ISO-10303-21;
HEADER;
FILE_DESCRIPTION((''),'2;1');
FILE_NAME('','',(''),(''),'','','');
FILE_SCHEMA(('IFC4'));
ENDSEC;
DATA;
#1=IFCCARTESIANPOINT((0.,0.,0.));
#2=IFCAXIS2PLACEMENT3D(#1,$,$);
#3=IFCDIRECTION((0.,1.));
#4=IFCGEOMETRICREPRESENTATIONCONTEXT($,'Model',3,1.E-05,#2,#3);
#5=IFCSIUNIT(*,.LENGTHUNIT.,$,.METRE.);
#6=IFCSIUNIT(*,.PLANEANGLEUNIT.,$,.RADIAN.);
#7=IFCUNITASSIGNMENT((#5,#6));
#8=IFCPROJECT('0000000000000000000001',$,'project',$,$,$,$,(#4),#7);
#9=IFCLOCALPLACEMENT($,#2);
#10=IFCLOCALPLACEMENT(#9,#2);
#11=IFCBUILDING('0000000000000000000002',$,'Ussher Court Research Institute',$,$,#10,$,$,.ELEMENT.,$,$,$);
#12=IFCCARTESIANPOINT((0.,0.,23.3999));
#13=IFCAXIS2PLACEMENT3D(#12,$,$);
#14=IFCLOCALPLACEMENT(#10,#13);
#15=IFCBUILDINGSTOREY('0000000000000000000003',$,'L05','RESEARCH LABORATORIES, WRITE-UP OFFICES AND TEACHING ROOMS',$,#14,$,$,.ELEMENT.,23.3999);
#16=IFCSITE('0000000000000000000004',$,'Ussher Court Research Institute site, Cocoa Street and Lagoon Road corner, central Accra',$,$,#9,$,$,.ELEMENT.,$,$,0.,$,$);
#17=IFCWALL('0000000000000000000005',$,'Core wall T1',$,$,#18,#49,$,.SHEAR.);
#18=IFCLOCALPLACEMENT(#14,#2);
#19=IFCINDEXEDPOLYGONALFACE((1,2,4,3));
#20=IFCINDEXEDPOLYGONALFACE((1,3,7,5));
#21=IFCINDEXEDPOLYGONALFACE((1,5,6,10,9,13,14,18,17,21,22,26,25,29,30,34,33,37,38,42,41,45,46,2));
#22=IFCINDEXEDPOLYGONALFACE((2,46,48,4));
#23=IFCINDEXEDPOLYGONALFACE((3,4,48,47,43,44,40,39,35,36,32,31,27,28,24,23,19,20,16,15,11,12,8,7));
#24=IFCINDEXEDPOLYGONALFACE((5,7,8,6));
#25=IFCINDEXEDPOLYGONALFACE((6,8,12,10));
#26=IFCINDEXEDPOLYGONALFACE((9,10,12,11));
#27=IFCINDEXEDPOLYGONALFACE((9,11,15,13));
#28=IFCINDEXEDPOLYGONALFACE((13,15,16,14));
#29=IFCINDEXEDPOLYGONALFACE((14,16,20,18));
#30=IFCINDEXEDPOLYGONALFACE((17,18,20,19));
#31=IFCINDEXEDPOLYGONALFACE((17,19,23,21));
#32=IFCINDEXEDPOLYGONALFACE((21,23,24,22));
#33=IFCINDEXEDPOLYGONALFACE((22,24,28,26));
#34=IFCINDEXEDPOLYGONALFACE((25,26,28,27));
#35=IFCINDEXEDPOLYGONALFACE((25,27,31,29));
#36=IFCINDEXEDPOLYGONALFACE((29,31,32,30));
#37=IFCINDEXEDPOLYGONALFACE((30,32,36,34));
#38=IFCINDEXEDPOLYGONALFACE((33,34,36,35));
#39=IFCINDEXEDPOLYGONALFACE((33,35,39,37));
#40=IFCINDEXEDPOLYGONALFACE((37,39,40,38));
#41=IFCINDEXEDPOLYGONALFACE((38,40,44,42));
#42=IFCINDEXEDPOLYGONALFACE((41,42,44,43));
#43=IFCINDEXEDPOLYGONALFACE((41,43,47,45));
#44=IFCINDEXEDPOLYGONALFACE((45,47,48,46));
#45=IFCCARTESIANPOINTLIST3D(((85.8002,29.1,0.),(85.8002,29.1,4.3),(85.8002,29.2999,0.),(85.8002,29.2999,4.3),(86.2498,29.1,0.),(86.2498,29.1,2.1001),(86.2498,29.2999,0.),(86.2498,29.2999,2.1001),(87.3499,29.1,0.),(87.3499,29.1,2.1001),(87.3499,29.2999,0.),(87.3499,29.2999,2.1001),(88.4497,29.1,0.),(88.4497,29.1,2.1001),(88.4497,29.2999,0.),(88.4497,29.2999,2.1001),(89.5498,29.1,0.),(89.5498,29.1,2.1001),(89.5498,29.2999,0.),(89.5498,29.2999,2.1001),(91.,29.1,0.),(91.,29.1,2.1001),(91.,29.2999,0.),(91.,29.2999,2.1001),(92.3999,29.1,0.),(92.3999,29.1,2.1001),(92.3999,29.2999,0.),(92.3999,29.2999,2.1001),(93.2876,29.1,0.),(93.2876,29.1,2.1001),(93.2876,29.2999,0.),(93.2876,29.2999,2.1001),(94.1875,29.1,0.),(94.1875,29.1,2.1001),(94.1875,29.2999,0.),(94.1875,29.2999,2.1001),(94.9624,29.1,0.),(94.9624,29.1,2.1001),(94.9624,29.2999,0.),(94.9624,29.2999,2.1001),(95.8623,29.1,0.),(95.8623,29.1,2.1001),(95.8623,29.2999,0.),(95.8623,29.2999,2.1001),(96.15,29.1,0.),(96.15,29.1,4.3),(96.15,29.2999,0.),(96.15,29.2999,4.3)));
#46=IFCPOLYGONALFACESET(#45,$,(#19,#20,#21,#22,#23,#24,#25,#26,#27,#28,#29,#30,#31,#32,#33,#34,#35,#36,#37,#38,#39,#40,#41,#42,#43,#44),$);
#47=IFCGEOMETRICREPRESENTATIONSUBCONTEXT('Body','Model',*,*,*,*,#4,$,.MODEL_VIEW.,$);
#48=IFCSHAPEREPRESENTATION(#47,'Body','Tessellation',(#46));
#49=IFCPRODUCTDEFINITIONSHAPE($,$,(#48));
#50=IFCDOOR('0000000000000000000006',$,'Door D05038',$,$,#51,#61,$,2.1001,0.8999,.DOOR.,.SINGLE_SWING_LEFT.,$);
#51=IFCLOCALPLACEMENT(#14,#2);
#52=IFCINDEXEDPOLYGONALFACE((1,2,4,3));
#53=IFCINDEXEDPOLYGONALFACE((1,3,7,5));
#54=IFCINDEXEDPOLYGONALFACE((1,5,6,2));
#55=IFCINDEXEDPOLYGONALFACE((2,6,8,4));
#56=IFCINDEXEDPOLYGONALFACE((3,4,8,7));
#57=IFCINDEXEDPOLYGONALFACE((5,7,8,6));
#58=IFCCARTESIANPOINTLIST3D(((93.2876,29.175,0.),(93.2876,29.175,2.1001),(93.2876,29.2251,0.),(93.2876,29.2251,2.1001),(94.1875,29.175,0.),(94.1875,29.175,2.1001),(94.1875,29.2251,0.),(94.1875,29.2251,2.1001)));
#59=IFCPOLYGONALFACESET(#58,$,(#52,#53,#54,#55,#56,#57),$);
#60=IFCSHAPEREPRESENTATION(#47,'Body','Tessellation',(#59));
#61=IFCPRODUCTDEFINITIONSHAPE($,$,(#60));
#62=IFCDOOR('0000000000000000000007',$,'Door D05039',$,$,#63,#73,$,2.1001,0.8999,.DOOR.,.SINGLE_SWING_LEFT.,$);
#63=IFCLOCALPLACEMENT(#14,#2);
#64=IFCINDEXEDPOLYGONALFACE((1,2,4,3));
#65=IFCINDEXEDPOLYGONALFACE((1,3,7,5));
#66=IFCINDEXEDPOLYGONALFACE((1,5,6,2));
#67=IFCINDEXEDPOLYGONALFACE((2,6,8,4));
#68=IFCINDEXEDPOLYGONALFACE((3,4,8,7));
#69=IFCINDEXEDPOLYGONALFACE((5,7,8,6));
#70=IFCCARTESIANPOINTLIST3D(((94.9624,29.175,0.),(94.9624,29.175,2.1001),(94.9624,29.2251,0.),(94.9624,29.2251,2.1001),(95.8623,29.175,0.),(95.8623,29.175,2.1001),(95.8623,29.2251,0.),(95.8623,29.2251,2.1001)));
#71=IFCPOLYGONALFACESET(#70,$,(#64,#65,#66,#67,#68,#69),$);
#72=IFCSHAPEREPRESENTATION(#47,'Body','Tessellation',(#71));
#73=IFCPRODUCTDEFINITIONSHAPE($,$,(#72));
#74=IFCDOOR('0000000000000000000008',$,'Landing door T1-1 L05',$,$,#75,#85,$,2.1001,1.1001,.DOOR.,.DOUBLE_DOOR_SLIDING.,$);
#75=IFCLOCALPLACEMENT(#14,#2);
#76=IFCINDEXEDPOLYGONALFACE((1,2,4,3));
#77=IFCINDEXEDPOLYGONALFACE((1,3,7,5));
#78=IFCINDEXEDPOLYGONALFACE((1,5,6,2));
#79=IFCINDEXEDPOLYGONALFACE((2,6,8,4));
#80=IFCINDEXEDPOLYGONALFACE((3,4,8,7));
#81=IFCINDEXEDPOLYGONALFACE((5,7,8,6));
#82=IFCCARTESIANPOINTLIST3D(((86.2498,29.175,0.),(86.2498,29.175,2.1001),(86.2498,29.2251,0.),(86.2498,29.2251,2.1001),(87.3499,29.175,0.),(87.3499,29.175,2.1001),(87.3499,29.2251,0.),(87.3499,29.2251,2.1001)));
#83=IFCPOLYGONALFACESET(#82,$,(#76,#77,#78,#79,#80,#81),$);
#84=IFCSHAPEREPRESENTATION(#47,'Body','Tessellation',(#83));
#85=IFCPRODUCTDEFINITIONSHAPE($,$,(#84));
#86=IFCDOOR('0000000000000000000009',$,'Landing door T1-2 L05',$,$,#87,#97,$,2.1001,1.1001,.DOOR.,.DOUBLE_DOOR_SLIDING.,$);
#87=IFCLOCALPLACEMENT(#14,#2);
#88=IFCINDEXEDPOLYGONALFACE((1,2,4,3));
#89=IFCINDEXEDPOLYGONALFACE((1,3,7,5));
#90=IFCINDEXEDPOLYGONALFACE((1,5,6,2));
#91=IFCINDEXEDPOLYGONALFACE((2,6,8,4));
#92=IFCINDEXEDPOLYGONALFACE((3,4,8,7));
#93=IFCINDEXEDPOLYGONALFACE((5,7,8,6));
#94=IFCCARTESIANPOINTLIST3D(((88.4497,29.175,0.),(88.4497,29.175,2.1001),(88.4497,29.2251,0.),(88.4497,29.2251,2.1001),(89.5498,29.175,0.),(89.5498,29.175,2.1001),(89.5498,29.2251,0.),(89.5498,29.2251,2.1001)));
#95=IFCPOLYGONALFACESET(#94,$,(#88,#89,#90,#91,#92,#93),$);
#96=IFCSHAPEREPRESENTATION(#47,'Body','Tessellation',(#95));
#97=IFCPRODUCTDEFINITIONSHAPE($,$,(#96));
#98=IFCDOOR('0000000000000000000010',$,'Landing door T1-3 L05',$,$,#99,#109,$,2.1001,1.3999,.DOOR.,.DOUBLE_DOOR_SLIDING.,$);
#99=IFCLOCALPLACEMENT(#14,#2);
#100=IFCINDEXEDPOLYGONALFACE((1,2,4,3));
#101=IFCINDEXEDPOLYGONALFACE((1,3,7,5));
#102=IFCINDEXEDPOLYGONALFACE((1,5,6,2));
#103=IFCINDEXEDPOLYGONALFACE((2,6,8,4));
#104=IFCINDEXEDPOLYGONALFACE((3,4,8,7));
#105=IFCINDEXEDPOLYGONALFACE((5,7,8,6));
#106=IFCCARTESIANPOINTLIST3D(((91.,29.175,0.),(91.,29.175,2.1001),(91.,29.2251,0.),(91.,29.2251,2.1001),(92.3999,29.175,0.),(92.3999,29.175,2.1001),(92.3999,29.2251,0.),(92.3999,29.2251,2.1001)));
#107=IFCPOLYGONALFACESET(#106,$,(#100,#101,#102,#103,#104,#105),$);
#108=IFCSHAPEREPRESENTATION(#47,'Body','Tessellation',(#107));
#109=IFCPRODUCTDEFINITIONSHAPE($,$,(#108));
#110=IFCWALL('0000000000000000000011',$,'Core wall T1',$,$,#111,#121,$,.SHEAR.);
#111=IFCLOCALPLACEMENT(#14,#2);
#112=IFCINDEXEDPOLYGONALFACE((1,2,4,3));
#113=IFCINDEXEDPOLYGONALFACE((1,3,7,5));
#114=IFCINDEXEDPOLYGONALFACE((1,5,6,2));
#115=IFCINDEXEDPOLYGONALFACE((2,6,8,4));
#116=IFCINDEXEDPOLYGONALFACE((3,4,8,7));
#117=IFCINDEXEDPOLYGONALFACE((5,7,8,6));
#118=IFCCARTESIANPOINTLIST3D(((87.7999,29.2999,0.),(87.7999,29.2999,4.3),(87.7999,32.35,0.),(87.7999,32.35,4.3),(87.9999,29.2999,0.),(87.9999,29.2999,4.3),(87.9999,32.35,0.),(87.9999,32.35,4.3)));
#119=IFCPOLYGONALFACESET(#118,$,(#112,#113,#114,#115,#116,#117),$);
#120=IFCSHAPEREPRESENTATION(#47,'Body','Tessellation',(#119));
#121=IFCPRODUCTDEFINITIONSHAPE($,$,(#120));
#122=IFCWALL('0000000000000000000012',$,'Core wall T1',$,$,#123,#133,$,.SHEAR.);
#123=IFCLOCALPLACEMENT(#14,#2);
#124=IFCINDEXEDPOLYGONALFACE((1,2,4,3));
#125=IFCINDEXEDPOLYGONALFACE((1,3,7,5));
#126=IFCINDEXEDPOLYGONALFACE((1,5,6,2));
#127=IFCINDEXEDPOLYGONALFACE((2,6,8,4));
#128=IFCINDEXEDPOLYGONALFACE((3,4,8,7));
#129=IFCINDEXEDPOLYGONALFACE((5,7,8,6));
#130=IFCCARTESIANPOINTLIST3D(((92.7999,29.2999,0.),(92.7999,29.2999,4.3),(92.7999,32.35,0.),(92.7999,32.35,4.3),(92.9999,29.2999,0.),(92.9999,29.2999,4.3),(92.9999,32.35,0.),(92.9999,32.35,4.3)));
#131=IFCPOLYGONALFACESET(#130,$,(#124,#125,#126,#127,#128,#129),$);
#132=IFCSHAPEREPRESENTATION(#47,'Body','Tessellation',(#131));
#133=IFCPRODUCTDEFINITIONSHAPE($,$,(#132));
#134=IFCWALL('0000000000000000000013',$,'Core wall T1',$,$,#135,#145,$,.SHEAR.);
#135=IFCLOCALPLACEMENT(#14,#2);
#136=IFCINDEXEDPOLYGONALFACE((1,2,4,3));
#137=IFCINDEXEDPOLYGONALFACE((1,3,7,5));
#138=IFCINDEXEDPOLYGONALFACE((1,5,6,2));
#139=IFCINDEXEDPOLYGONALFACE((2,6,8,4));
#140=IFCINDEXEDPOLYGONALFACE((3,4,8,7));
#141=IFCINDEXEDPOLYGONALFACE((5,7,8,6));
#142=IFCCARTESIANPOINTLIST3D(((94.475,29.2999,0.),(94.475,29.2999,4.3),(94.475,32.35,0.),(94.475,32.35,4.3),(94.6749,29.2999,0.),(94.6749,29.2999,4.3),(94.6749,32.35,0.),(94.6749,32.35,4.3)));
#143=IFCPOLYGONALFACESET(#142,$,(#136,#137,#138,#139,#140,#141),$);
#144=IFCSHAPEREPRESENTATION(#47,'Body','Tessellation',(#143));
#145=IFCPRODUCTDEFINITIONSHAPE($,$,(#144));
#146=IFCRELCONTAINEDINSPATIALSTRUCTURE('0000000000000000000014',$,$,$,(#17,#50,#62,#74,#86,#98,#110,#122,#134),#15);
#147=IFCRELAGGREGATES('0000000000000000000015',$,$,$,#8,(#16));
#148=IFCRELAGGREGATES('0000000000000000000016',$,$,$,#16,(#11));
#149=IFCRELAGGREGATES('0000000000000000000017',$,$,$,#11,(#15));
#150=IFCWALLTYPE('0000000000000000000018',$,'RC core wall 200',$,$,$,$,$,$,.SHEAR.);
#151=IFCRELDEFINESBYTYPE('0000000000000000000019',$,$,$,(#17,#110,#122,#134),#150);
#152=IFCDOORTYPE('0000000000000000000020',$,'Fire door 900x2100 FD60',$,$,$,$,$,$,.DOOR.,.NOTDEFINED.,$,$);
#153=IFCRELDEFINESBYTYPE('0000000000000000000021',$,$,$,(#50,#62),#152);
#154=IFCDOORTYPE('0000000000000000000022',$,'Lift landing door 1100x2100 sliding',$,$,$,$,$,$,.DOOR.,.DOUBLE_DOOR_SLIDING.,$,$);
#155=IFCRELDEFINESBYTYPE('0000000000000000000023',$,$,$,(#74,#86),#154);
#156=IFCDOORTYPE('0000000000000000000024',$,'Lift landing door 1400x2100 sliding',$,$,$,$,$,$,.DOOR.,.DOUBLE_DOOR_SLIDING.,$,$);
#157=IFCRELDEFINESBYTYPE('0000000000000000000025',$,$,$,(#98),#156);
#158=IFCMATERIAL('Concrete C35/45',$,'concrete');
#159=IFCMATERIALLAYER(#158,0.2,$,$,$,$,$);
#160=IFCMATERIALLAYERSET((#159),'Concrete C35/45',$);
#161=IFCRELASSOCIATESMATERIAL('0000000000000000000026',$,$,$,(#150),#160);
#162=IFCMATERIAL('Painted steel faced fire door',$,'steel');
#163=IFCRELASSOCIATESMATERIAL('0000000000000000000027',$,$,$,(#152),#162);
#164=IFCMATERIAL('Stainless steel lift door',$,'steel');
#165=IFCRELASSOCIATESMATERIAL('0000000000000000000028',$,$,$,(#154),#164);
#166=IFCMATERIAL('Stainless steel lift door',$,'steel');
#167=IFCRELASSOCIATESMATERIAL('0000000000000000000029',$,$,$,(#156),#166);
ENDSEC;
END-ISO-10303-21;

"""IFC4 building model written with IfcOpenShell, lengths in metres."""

from ifc_helpers import new_model, si_unit, direction, frame, frame_2d, origin, place, context, subcontext, project, spatial, rectangle, extrude, material, layer, layer_set, type_object, element, fill, save


model = new_model("IFC4")

# Units and contexts
model_context = context("Model", 3, precision=1e-05, world=origin(), true_north=direction((0.0, 1.0)))
body_context = subcontext(model_context, "Body", "Model", "MODEL_VIEW")
ifc_project = project(units=[si_unit("LENGTHUNIT", "METRE"), si_unit("PLANEANGLEUNIT", "RADIAN")], contexts=[model_context])

# Site, building, storey
site_placement = place(None, origin())
site = spatial("IfcSite", under=ifc_project, at=site_placement, Name="Ussher Court Research Institute site, Cocoa Street and Lagoon Road corner, central Accra", CompositionType="ELEMENT", RefElevation=0.0)
building_placement = place(site_placement, origin())
building = spatial("IfcBuilding", under=site, at=building_placement, Name="Ussher Court Research Institute", CompositionType="ELEMENT")
storey_placement = place(building_placement, frame((0.0, 0.0, 23.3999)))
storey = spatial("IfcBuildingStorey", under=building, at=storey_placement, Name="L05", Description="RESEARCH LABORATORIES, WRITE-UP OFFICES AND TEACHING ROOMS", CompositionType="ELEMENT", Elevation=23.3999)

# Shared definitions
ifc_material_1 = material(Name="Concrete C35/45", Category="concrete")
ifc_layer_1 = layer(ifc_material_1, 0.2)
ifc_layer_set_1 = layer_set([ifc_layer_1], Name="Concrete C35/45")
wall_type_1 = type_object("IfcWallType", Name="RC core wall 200", PredefinedType="SHEAR", material=ifc_layer_set_1)

# Wall, openings, doors
wall_1_placement = place(storey_placement, frame((96.1499, 29.2, 0.0), z_axis=(0.0, 0.0, 1.0), x_axis=(-1.0, 0.0, 0.0)))
wall_1 = element("IfcWall", 1, at=wall_1_placement, inside=storey, type_object=wall_type_1, Name="Core wall T1", PredefinedType="SHEAR", context=body_context, shape_type="SweptSolid", body=[
    extrude(rectangle(XDim=10.3499, YDim=0.2, at=frame_2d((5.1748, 0.0))), origin(), (0.0, 0.0, 1.0), 4.3),
])
opening_1_placement = place(wall_1_placement, frame((8.8, 0.0, 0.0)))
opening_1 = element("IfcOpeningElement", 2, at=opening_1_placement, cuts=wall_1, PredefinedType="OPENING", context=body_context, shape_type="SweptSolid", body=[
    extrude(rectangle(XDim=1.1001, YDim=2.1001, at=frame_2d((0.55, 1.05))), frame((0.0, 0.1099, 0.0), z_axis=(0.0, -1.0, 0.0), x_axis=(1.0, 0.0, 0.0)), (0.0, 0.0, 1.0), 0.22),
])
opening_2_placement = place(wall_1_placement, frame((6.6001, 0.0, 0.0)))
opening_2 = element("IfcOpeningElement", 3, at=opening_2_placement, cuts=wall_1, PredefinedType="OPENING", context=body_context, shape_type="SweptSolid", body=[
    extrude(rectangle(XDim=1.1001, YDim=2.1001, at=frame_2d((0.55, 1.05))), frame((0.0, 0.1099, 0.0), z_axis=(0.0, -1.0, 0.0), x_axis=(1.0, 0.0, 0.0)), (0.0, 0.0, 1.0), 0.22),
])
opening_3_placement = place(wall_1_placement, frame((3.75, 0.0, 0.0)))
opening_3 = element("IfcOpeningElement", 4, at=opening_3_placement, cuts=wall_1, PredefinedType="OPENING", context=body_context, shape_type="SweptSolid", body=[
    extrude(rectangle(XDim=1.3999, YDim=2.1001, at=frame_2d((0.7, 1.05))), frame((0.0, 0.1099, 0.0), z_axis=(0.0, -1.0, 0.0), x_axis=(1.0, 0.0, 0.0)), (0.0, 0.0, 1.0), 0.22),
])
opening_4_placement = place(wall_1_placement, frame((1.9624, 0.0, 0.0)))
opening_4 = element("IfcOpeningElement", 5, at=opening_4_placement, cuts=wall_1, PredefinedType="OPENING", context=body_context, shape_type="SweptSolid", body=[
    extrude(rectangle(XDim=0.8999, YDim=2.1001, at=frame_2d((0.45, 1.05))), frame((0.0, 0.1099, 0.0), z_axis=(0.0, -1.0, 0.0), x_axis=(1.0, 0.0, 0.0)), (0.0, 0.0, 1.0), 0.22),
])
opening_5_placement = place(wall_1_placement, frame((0.2876, 0.0, 0.0)))
opening_5 = element("IfcOpeningElement", 6, at=opening_5_placement, cuts=wall_1, PredefinedType="OPENING", context=body_context, shape_type="SweptSolid", body=[
    extrude(rectangle(XDim=0.8999, YDim=2.1001, at=frame_2d((0.45, 1.05))), frame((0.0, 0.1099, 0.0), z_axis=(0.0, -1.0, 0.0), x_axis=(1.0, 0.0, 0.0)), (0.0, 0.0, 1.0), 0.22),
])
ifc_material_2 = material(Name="Painted steel faced fire door", Category="steel")
door_type_1 = type_object("IfcDoorType", Name="Fire door 900x2100 FD60", OperationType="NOTDEFINED", PredefinedType="DOOR", material=ifc_material_2)
door_1_placement = place(opening_4_placement, origin())
door_1 = element("IfcDoor", 7, at=door_1_placement, inside=storey, type_object=door_type_1, Name="Door D05038", OperationType="SINGLE_SWING_LEFT", OverallHeight=2.1001, OverallWidth=0.8999, PredefinedType="DOOR", context=body_context, shape_type="SweptSolid", body=[
    extrude(rectangle(XDim=0.8999, YDim=2.1001, at=frame_2d((0.45, 1.05))), frame((0.0, 0.0249, 0.0), z_axis=(0.0, -1.0, 0.0), x_axis=(1.0, 0.0, 0.0)), (0.0, 0.0, 1.0), 0.05),
])
fill(opening_4, door_1)
door_2_placement = place(opening_5_placement, origin())
door_2 = element("IfcDoor", 8, at=door_2_placement, inside=storey, type_object=door_type_1, Name="Door D05039", OperationType="SINGLE_SWING_LEFT", OverallHeight=2.1001, OverallWidth=0.8999, PredefinedType="DOOR", context=body_context, shape_type="SweptSolid", body=[
    extrude(rectangle(XDim=0.8999, YDim=2.1001, at=frame_2d((0.45, 1.05))), frame((0.0, 0.0249, 0.0), z_axis=(0.0, -1.0, 0.0), x_axis=(1.0, 0.0, 0.0)), (0.0, 0.0, 1.0), 0.05),
])
fill(opening_5, door_2)
ifc_material_3 = material(Name="Stainless steel lift door", Category="steel")
door_type_2 = type_object("IfcDoorType", Name="Lift landing door 1100x2100 sliding", OperationType="DOUBLE_DOOR_SLIDING", PredefinedType="DOOR", material=ifc_material_3)
door_3_placement = place(opening_1_placement, origin())
door_3 = element("IfcDoor", 9, at=door_3_placement, inside=storey, type_object=door_type_2, Name="Landing door T1-1 L05", OperationType="DOUBLE_DOOR_SLIDING", OverallHeight=2.1001, OverallWidth=1.1001, PredefinedType="DOOR", context=body_context, shape_type="SweptSolid", body=[
    extrude(rectangle(XDim=1.1001, YDim=2.1001, at=frame_2d((0.55, 1.05))), frame((0.0, 0.0249, 0.0), z_axis=(0.0, -1.0, 0.0), x_axis=(1.0, 0.0, 0.0)), (0.0, 0.0, 1.0), 0.05),
])
fill(opening_1, door_3)
door_4_placement = place(opening_2_placement, origin())
door_4 = element("IfcDoor", 10, at=door_4_placement, inside=storey, type_object=door_type_2, Name="Landing door T1-2 L05", OperationType="DOUBLE_DOOR_SLIDING", OverallHeight=2.1001, OverallWidth=1.1001, PredefinedType="DOOR", context=body_context, shape_type="SweptSolid", body=[
    extrude(rectangle(XDim=1.1001, YDim=2.1001, at=frame_2d((0.55, 1.05))), frame((0.0, 0.0249, 0.0), z_axis=(0.0, -1.0, 0.0), x_axis=(1.0, 0.0, 0.0)), (0.0, 0.0, 1.0), 0.05),
])
fill(opening_2, door_4)
ifc_material_4 = material(Name="Stainless steel lift door", Category="steel")
door_type_3 = type_object("IfcDoorType", Name="Lift landing door 1400x2100 sliding", OperationType="DOUBLE_DOOR_SLIDING", PredefinedType="DOOR", material=ifc_material_4)
door_5_placement = place(opening_3_placement, origin())
door_5 = element("IfcDoor", 11, at=door_5_placement, inside=storey, type_object=door_type_3, Name="Landing door T1-3 L05", OperationType="DOUBLE_DOOR_SLIDING", OverallHeight=2.1001, OverallWidth=1.3999, PredefinedType="DOOR", context=body_context, shape_type="SweptSolid", body=[
    extrude(rectangle(XDim=1.3999, YDim=2.1001, at=frame_2d((0.7, 1.05))), frame((0.0, 0.0249, 0.0), z_axis=(0.0, -1.0, 0.0), x_axis=(1.0, 0.0, 0.0)), (0.0, 0.0, 1.0), 0.05),
])
fill(opening_3, door_5)

# Walls
for number, where, z_axis, x_axis, name in (
    (12, (87.8999, 29.3, 0.0), (0.0, 0.0, 1.0), (0.0, 1.0, 0.0), "Core wall T1"),
    (13, (92.8999, 29.3, 0.0), (0.0, 0.0, 1.0), (0.0, 1.0, 0.0), "Core wall T1"),
    (14, (94.575, 29.3, 0.0), (0.0, 0.0, 1.0), (0.0, 1.0, 0.0), "Core wall T1"),
):
    element("IfcWall", number, at=place(storey_placement, frame(where, z_axis=z_axis, x_axis=x_axis)), inside=storey, type_object=wall_type_1, Name=name, PredefinedType="SHEAR", context=body_context, shape_type="SweptSolid", body=[
        extrude(rectangle(XDim=3.05, YDim=0.2, at=frame_2d((1.5249, 0.0))), origin(), (0.0, 0.0, 1.0), 4.3),
    ])

save(model, "model.ifc")
